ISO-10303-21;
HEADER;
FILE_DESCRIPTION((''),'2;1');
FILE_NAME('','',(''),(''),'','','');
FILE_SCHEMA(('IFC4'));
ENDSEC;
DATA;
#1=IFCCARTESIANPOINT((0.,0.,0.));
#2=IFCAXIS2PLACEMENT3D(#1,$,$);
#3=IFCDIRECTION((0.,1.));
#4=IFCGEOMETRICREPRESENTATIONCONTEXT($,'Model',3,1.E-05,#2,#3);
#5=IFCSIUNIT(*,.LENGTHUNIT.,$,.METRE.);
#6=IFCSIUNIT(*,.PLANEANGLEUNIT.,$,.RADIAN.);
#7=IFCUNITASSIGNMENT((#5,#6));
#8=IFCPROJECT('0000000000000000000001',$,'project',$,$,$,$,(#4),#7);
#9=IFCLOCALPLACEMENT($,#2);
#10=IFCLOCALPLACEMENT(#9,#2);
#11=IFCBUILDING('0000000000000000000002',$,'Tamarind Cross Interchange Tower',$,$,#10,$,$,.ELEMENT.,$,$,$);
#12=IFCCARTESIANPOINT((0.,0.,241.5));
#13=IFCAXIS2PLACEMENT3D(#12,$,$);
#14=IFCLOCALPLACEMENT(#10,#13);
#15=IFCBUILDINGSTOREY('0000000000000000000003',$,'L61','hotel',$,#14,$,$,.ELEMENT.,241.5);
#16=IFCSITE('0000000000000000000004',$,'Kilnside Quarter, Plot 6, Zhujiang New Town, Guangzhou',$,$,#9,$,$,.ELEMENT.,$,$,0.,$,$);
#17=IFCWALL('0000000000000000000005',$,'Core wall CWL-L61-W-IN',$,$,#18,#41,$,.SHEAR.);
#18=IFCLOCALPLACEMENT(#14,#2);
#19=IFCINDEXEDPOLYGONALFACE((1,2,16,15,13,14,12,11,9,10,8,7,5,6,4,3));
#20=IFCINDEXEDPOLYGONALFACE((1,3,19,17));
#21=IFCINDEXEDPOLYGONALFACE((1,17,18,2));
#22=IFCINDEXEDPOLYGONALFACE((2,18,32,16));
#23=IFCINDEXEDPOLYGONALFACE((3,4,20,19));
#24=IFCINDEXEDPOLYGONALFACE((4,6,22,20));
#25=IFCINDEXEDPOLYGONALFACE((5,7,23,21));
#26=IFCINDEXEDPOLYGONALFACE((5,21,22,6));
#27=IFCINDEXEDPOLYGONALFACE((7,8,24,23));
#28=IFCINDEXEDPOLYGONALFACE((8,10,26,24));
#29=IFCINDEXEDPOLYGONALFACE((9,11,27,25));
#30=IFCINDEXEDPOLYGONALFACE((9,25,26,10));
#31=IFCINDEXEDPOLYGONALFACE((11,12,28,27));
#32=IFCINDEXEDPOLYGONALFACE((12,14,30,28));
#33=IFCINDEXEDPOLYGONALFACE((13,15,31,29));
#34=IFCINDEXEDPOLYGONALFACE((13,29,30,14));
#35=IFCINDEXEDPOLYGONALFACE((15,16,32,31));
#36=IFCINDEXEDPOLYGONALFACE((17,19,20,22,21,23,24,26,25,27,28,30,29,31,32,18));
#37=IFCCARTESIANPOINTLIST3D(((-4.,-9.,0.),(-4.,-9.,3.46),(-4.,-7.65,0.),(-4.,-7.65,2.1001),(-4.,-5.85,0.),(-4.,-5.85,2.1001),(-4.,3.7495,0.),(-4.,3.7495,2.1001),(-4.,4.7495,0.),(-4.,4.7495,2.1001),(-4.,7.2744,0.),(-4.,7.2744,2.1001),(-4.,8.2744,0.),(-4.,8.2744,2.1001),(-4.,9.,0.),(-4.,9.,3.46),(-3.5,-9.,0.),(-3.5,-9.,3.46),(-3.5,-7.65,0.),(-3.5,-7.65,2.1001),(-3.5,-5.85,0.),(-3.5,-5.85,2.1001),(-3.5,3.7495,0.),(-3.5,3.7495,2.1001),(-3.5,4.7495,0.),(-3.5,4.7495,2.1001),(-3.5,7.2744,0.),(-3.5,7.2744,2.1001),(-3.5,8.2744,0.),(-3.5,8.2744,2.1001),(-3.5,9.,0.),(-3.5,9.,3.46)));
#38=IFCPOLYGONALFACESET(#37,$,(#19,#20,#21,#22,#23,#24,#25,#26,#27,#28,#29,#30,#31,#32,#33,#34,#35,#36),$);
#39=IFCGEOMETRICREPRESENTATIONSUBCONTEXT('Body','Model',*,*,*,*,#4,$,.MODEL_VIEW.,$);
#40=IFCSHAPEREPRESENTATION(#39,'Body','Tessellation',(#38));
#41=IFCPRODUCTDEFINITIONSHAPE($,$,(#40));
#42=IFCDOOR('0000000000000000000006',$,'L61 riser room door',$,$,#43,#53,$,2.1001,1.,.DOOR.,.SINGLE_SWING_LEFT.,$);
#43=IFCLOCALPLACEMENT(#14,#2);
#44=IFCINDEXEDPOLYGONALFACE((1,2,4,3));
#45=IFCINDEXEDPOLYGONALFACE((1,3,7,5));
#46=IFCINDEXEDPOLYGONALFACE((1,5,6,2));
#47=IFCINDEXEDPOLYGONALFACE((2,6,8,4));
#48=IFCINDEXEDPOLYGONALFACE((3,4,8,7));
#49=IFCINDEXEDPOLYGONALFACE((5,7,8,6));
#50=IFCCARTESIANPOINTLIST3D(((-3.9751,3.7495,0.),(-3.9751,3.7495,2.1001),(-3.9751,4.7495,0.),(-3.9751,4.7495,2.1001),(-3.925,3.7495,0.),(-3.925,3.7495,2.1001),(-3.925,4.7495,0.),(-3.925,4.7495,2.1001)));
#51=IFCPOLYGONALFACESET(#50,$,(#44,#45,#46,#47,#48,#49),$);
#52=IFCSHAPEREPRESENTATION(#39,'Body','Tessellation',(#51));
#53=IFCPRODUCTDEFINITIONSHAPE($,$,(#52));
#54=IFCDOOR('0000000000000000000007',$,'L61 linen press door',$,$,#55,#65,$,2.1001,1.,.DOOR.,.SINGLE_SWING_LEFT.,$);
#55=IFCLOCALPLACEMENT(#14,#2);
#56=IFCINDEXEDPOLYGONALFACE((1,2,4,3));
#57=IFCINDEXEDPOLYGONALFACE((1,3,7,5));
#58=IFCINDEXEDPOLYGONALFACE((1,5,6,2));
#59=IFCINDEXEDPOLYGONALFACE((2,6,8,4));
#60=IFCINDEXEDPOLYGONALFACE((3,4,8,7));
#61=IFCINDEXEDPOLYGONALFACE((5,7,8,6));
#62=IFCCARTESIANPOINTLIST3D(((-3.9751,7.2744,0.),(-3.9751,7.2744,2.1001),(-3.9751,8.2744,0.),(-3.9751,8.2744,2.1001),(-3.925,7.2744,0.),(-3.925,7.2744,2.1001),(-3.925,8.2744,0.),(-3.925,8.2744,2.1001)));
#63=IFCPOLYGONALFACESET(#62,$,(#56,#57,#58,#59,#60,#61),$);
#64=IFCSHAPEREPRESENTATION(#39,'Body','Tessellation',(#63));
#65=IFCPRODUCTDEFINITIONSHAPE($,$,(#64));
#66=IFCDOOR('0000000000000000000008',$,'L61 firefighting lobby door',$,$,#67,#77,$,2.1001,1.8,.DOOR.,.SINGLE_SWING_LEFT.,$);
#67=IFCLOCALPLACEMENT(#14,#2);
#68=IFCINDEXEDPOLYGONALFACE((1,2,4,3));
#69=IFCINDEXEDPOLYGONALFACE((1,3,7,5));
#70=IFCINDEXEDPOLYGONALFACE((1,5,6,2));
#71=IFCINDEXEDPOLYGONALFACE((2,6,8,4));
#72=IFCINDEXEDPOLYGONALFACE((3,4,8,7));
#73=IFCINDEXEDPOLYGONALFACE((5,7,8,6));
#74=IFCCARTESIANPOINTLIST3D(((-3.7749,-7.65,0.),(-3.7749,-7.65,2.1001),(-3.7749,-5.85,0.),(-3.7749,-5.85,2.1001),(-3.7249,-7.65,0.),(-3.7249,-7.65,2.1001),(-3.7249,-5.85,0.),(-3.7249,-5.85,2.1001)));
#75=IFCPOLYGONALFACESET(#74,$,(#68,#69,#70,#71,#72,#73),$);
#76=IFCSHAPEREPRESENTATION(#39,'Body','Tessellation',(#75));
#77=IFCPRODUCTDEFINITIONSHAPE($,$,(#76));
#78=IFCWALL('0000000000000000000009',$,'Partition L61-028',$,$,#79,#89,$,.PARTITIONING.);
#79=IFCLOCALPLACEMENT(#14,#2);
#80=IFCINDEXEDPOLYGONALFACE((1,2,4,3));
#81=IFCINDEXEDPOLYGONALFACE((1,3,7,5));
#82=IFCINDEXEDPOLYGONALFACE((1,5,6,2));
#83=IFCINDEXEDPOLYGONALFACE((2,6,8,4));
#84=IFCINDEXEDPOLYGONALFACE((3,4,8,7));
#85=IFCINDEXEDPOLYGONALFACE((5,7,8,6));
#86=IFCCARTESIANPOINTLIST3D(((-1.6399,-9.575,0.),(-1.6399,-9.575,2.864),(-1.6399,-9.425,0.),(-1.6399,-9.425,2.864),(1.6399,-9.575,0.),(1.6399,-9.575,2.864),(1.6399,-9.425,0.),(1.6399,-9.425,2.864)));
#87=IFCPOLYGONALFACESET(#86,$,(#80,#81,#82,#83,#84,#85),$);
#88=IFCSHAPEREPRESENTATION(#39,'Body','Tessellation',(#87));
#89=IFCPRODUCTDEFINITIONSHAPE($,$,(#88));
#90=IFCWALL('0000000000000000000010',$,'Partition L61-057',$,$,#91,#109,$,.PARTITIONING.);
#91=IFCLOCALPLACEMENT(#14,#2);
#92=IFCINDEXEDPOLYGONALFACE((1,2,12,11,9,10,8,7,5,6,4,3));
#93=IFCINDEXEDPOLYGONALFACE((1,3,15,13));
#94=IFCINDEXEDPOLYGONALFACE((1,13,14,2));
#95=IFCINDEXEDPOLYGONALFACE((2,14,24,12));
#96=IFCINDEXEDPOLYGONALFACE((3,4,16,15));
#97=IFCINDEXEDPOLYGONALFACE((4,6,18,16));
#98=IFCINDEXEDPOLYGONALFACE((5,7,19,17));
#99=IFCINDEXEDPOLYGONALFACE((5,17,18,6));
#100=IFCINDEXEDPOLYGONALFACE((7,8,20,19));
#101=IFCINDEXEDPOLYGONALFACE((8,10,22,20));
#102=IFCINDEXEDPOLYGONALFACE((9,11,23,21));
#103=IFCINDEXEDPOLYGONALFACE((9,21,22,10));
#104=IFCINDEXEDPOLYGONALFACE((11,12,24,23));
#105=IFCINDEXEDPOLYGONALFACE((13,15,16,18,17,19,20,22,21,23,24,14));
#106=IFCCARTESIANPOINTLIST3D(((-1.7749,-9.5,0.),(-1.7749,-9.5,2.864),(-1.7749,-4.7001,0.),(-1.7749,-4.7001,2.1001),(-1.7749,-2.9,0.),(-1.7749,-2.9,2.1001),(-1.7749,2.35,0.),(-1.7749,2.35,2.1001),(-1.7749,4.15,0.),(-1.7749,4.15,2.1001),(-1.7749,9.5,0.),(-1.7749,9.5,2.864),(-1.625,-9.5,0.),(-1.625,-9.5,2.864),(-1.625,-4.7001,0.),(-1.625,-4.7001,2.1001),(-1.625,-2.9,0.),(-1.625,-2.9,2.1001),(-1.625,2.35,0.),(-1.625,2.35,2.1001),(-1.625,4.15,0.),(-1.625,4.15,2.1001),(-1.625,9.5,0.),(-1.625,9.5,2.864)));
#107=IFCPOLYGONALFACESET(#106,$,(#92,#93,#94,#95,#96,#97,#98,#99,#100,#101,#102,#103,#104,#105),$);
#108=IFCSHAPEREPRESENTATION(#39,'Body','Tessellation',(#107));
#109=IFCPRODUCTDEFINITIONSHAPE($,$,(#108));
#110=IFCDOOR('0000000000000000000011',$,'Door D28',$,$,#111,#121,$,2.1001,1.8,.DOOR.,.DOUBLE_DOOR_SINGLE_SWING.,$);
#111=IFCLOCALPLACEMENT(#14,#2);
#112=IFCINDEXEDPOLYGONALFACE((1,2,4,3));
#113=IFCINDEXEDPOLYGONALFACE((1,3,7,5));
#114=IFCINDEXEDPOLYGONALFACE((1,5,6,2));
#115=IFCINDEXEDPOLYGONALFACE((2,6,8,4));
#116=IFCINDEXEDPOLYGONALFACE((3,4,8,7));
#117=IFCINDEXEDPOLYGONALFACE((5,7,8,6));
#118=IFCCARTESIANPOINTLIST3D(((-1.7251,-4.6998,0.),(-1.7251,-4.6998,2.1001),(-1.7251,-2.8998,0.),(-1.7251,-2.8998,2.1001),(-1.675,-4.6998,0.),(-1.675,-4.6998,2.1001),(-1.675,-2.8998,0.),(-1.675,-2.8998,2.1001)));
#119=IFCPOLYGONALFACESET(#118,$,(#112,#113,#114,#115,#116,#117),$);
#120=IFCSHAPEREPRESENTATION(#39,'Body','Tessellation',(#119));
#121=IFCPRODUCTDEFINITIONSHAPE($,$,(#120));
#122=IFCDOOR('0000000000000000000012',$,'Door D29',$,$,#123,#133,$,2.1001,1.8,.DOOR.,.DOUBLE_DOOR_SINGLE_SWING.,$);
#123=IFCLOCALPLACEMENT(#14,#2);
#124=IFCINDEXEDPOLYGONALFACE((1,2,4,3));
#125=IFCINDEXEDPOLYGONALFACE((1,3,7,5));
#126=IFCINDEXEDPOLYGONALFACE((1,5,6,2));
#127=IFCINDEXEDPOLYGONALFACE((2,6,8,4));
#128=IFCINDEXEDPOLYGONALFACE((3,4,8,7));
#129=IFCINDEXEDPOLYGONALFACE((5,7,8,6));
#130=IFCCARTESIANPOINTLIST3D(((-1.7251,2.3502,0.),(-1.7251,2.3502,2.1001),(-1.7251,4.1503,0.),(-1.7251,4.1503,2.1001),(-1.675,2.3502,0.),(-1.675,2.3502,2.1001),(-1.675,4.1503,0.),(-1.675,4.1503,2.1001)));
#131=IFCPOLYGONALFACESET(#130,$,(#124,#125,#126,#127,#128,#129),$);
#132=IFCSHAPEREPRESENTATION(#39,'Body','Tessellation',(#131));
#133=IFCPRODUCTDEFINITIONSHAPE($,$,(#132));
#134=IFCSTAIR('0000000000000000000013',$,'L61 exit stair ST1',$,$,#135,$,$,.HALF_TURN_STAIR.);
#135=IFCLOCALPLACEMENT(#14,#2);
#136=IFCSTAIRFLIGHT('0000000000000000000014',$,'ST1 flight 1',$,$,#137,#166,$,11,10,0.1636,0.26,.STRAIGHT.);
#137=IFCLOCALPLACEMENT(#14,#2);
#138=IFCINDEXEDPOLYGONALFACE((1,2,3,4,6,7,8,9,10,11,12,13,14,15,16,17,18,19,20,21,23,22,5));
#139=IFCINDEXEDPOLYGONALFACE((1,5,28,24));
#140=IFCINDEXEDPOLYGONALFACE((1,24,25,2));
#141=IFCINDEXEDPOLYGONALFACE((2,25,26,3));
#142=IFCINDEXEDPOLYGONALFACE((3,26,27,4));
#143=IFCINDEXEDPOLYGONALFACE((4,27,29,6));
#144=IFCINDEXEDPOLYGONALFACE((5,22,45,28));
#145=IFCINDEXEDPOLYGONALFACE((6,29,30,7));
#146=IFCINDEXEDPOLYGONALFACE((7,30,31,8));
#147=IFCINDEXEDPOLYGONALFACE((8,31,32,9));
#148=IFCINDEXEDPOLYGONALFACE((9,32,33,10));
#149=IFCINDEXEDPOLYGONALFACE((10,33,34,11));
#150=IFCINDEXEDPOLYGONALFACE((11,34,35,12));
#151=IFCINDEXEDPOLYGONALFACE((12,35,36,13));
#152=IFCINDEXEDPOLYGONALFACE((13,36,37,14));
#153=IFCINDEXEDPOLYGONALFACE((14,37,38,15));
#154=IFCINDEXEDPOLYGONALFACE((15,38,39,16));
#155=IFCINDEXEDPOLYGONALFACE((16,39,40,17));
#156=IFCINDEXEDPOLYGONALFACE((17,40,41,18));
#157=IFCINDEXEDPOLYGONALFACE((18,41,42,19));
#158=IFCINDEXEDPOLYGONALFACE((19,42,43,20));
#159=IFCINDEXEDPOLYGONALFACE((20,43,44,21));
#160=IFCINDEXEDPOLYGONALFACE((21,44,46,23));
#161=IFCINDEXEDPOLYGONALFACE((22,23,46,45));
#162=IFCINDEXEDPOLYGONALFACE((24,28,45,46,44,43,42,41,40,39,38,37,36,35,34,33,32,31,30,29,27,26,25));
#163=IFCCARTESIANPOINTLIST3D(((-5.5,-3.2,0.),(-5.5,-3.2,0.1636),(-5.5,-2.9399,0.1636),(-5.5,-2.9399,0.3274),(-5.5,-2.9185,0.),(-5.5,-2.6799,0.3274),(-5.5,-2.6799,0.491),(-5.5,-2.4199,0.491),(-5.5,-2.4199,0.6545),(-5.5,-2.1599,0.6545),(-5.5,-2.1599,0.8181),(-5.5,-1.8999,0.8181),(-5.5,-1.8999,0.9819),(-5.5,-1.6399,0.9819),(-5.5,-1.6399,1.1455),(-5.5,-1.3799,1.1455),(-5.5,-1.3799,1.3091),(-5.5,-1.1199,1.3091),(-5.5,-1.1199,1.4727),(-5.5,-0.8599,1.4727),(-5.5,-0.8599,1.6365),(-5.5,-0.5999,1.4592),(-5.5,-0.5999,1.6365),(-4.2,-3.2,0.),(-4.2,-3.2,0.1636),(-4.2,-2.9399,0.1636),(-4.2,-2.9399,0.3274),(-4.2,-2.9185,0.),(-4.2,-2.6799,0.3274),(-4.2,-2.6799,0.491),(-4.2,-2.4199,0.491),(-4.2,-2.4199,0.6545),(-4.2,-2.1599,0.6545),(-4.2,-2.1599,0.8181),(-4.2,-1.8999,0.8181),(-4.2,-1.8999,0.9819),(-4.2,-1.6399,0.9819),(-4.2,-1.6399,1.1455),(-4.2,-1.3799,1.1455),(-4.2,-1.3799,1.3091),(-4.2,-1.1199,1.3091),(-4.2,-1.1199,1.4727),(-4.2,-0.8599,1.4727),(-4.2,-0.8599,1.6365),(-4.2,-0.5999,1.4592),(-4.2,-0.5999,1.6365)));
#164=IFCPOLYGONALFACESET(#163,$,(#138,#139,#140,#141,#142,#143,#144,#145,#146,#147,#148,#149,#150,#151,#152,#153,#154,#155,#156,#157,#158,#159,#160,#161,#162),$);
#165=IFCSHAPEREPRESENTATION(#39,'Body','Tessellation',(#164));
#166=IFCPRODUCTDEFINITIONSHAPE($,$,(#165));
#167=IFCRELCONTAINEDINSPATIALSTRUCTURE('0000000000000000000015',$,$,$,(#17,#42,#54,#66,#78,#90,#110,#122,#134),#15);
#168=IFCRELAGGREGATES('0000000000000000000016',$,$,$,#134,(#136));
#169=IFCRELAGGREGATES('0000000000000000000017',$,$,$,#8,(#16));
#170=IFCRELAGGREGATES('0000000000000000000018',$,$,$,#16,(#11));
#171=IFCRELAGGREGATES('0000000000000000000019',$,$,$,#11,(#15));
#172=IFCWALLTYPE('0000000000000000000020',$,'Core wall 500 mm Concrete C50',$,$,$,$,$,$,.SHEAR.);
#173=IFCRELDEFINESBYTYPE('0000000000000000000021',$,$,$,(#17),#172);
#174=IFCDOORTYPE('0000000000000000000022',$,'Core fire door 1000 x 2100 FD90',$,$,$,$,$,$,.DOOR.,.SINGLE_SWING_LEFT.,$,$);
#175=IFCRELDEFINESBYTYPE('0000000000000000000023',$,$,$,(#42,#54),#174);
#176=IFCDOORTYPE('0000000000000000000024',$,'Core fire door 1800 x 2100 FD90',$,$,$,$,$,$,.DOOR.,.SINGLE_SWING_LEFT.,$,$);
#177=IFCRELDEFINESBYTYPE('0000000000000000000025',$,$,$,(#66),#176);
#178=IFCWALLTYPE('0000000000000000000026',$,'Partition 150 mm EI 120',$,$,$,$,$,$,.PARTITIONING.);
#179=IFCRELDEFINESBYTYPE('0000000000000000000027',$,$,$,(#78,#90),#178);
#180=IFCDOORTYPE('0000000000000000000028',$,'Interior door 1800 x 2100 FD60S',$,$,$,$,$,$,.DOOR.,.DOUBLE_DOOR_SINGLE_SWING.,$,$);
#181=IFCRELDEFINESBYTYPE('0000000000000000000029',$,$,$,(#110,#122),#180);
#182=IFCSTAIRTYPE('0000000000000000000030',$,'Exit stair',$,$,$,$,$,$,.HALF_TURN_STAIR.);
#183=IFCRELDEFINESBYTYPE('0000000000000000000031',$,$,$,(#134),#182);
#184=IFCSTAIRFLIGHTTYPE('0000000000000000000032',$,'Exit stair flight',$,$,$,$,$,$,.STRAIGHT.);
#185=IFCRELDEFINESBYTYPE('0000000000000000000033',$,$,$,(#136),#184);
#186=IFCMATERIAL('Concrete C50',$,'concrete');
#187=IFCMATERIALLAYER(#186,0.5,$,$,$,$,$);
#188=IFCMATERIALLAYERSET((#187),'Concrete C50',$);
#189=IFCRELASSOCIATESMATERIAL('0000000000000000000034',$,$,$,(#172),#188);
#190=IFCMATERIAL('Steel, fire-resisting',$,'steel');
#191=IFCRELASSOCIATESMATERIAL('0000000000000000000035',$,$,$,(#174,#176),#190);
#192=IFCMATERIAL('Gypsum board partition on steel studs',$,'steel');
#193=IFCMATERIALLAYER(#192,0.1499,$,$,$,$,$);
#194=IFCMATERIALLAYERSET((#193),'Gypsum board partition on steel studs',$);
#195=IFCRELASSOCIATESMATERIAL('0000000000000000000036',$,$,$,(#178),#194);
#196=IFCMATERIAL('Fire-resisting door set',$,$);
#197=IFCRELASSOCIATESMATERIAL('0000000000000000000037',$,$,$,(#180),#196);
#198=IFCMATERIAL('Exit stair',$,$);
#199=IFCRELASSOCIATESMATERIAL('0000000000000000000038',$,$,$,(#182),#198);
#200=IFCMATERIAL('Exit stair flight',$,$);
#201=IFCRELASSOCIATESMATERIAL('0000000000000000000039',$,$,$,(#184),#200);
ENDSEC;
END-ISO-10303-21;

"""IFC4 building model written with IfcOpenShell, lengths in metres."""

from ifc_helpers import new_model, si_unit, direction, frame, frame_2d, origin, place, context, subcontext, project, spatial, polyline, rectangle, outline, extrude, material, layer, layer_set, type_object, element, fill, aggregate, save


model = new_model("IFC4")

# Units and contexts
model_context = context("Model", 3, precision=1e-05, world=origin(), true_north=direction((0.0, 1.0)))
body_context = subcontext(model_context, "Body", "Model", "MODEL_VIEW")
ifc_project = project(units=[si_unit("LENGTHUNIT", "METRE"), si_unit("PLANEANGLEUNIT", "RADIAN")], contexts=[model_context])

# Site, building, storey
site_placement = place(None, origin())
site = spatial("IfcSite", under=ifc_project, at=site_placement, Name="Kilnside Quarter, Plot 6, Zhujiang New Town, Guangzhou", CompositionType="ELEMENT", RefElevation=0.0)
building_placement = place(site_placement, origin())
building = spatial("IfcBuilding", under=site, at=building_placement, Name="Tamarind Cross Interchange Tower", CompositionType="ELEMENT")
storey_placement = place(building_placement, frame((0.0, 0.0, 241.5)))
storey = spatial("IfcBuildingStorey", under=building, at=storey_placement, Name="L61", Description="hotel", CompositionType="ELEMENT", Elevation=241.5)

# Wall, openings, doors
ifc_material_1 = material(Name="Concrete C50", Category="concrete")
ifc_layer_1 = layer(ifc_material_1, 0.5)
ifc_layer_set_1 = layer_set([ifc_layer_1], Name="Concrete C50")
wall_type_1 = type_object("IfcWallType", Name="Core wall 500 mm Concrete C50", PredefinedType="SHEAR", material=ifc_layer_set_1)
wall_1_placement = place(storey_placement, frame((-3.75, -9.0, 0.0), z_axis=(0.0, 0.0, 1.0), x_axis=(0.0, 1.0, 0.0)))
wall_1 = element("IfcWall", 1, at=wall_1_placement, inside=storey, type_object=wall_type_1, Name="Core wall CWL-L61-W-IN", PredefinedType="SHEAR", context=body_context, shape_type="SweptSolid", body=[
    extrude(rectangle(XDim=18.0, YDim=0.5, at=frame_2d((9.0, 0.0))), origin(), (0.0, 0.0, 1.0), 3.46),
])
opening_1_placement = place(wall_1_placement, frame((1.3501, 0.0, 0.0)))
opening_1 = element("IfcOpeningElement", 2, at=opening_1_placement, cuts=wall_1, PredefinedType="OPENING", context=body_context, shape_type="SweptSolid", body=[
    extrude(rectangle(XDim=1.8, YDim=2.1001, at=frame_2d((0.8999, 1.05))), frame((0.0, 0.26, 0.0), z_axis=(0.0, -1.0, 0.0), x_axis=(1.0, 0.0, 0.0)), (0.0, 0.0, 1.0), 0.52),
])
opening_2_placement = place(wall_1_placement, frame((12.7495, 0.0, 0.0)))
opening_2 = element("IfcOpeningElement", 3, at=opening_2_placement, cuts=wall_1, PredefinedType="OPENING", context=body_context, shape_type="SweptSolid", body=[
    extrude(rectangle(XDim=1.0, YDim=2.1001, at=frame_2d((0.5, 1.05))), frame((0.0, 0.26, 0.0), z_axis=(0.0, -1.0, 0.0), x_axis=(1.0, 0.0, 0.0)), (0.0, 0.0, 1.0), 0.52),
])
opening_3_placement = place(wall_1_placement, frame((16.2744, 0.0, 0.0)))
opening_3 = element("IfcOpeningElement", 4, at=opening_3_placement, cuts=wall_1, PredefinedType="OPENING", context=body_context, shape_type="SweptSolid", body=[
    extrude(rectangle(XDim=1.0, YDim=2.1001, at=frame_2d((0.5, 1.05))), frame((0.0, 0.26, 0.0), z_axis=(0.0, -1.0, 0.0), x_axis=(1.0, 0.0, 0.0)), (0.0, 0.0, 1.0), 0.52),
])
ifc_material_2 = material(Name="Steel, fire-resisting", Category="steel")
door_type_1 = type_object("IfcDoorType", Name="Core fire door 1000 x 2100 FD90", OperationType="SINGLE_SWING_LEFT", PredefinedType="DOOR", material=ifc_material_2)
door_1_placement = place(opening_2_placement, origin())
door_1 = element("IfcDoor", 5, at=door_1_placement, inside=storey, type_object=door_type_1, Name="L61 riser room door", OperationType="SINGLE_SWING_LEFT", OverallHeight=2.1001, OverallWidth=1.0, PredefinedType="DOOR", context=body_context, shape_type="SweptSolid", body=[
    extrude(rectangle(XDim=1.0, YDim=2.1001, at=frame_2d((0.5, 1.05))), frame((0.0, 0.2251, 0.0), z_axis=(0.0, -1.0, 0.0), x_axis=(1.0, 0.0, 0.0)), (0.0, 0.0, 1.0), 0.05),
])
fill(opening_2, door_1)
door_2_placement = place(opening_3_placement, origin())
door_2 = element("IfcDoor", 6, at=door_2_placement, inside=storey, type_object=door_type_1, Name="L61 linen press door", OperationType="SINGLE_SWING_LEFT", OverallHeight=2.1001, OverallWidth=1.0, PredefinedType="DOOR", context=body_context, shape_type="SweptSolid", body=[
    extrude(rectangle(XDim=1.0, YDim=2.1001, at=frame_2d((0.5, 1.05))), frame((0.0, 0.2251, 0.0), z_axis=(0.0, -1.0, 0.0), x_axis=(1.0, 0.0, 0.0)), (0.0, 0.0, 1.0), 0.05),
])
fill(opening_3, door_2)
door_type_2 = type_object("IfcDoorType", Name="Core fire door 1800 x 2100 FD90", OperationType="SINGLE_SWING_LEFT", PredefinedType="DOOR", material=ifc_material_2)
door_3_placement = place(opening_1_placement, origin())
door_3 = element("IfcDoor", 7, at=door_3_placement, inside=storey, type_object=door_type_2, Name="L61 firefighting lobby door", OperationType="SINGLE_SWING_LEFT", OverallHeight=2.1001, OverallWidth=1.8, PredefinedType="DOOR", context=body_context, shape_type="SweptSolid", body=[
    extrude(rectangle(XDim=1.8, YDim=2.1001, at=frame_2d((0.8999, 1.05))), frame((0.0, 0.0249, 0.0), z_axis=(0.0, -1.0, 0.0), x_axis=(1.0, 0.0, 0.0)), (0.0, 0.0, 1.0), 0.05),
])
fill(opening_1, door_3)

# Wall
ifc_material_3 = material(Name="Gypsum board partition on steel studs", Category="steel")
ifc_layer_2 = layer(ifc_material_3, 0.1499)
ifc_layer_set_2 = layer_set([ifc_layer_2], Name="Gypsum board partition on steel studs")
wall_type_2 = type_object("IfcWallType", Name="Partition 150 mm EI 120", PredefinedType="PARTITIONING", material=ifc_layer_set_2)
wall_2_placement = place(storey_placement, frame((-1.6399, -9.5, 0.0), z_axis=(0.0, 0.0, 1.0), x_axis=(1.0, 0.0, 0.0)))
element("IfcWall", 8, at=wall_2_placement, inside=storey, type_object=wall_type_2, Name="Partition L61-028", PredefinedType="PARTITIONING", context=body_context, shape_type="SweptSolid", body=[
    extrude(rectangle(XDim=3.2798, YDim=0.1499, at=frame_2d((1.6399, 0.0))), origin(), (0.0, 0.0, 1.0), 2.864),
])

# Wall, openings, doors
wall_3_placement = place(storey_placement, frame((-1.7, -9.5, 0.0), z_axis=(0.0, 0.0, 1.0), x_axis=(0.0, 1.0, 0.0)))
wall_3 = element("IfcWall", 9, at=wall_3_placement, inside=storey, type_object=wall_type_2, Name="Partition L61-057", PredefinedType="PARTITIONING", context=body_context, shape_type="SweptSolid", body=[
    extrude(rectangle(XDim=19.0, YDim=0.1499, at=frame_2d((9.5, 0.0))), origin(), (0.0, 0.0, 1.0), 2.864),
])
opening_4_placement = place(wall_3_placement, frame((4.8, 0.0, 0.0)))
opening_4 = element("IfcOpeningElement", 10, at=opening_4_placement, cuts=wall_3, PredefinedType="OPENING", context=body_context, shape_type="SweptSolid", body=[
    extrude(rectangle(XDim=1.8, YDim=2.1001, at=frame_2d((0.8999, 1.05))), frame((0.0, 0.085, 0.0), z_axis=(0.0, -1.0, 0.0), x_axis=(1.0, 0.0, 0.0)), (0.0, 0.0, 1.0), 0.1699),
])
opening_5_placement = place(wall_3_placement, frame((11.8501, 0.0, 0.0)))
opening_5 = element("IfcOpeningElement", 11, at=opening_5_placement, cuts=wall_3, PredefinedType="OPENING", context=body_context, shape_type="SweptSolid", body=[
    extrude(rectangle(XDim=1.8, YDim=2.1001, at=frame_2d((0.8999, 1.05))), frame((0.0, 0.085, 0.0), z_axis=(0.0, -1.0, 0.0), x_axis=(1.0, 0.0, 0.0)), (0.0, 0.0, 1.0), 0.1699),
])
ifc_material_4 = material(Name="Fire-resisting door set")
door_type_3 = type_object("IfcDoorType", Name="Interior door 1800 x 2100 FD60S", OperationType="DOUBLE_DOOR_SINGLE_SWING", PredefinedType="DOOR", material=ifc_material_4)
door_4_placement = place(opening_4_placement, frame((1.8, 0.0, 0.0), z_axis=(0.0, 0.0, 1.0), x_axis=(-1.0, 0.0, 0.0)))
door_4 = element("IfcDoor", 12, at=door_4_placement, inside=storey, type_object=door_type_3, Name="Door D28", OperationType="DOUBLE_DOOR_SINGLE_SWING", OverallHeight=2.1001, OverallWidth=1.8, PredefinedType="DOOR", context=body_context, shape_type="SweptSolid", body=[
    extrude(rectangle(XDim=1.8, YDim=2.1001, at=frame_2d((0.8999, 1.05))), frame((0.0, 0.0249, 0.0), z_axis=(0.0, -1.0, 0.0), x_axis=(1.0, 0.0, 0.0)), (0.0, 0.0, 1.0), 0.05),
])
fill(opening_4, door_4)
door_5_placement = place(opening_5_placement, frame((1.8, 0.0, 0.0), z_axis=(0.0, 0.0, 1.0), x_axis=(-1.0, 0.0, 0.0)))
door_5 = element("IfcDoor", 13, at=door_5_placement, inside=storey, type_object=door_type_3, Name="Door D29", OperationType="DOUBLE_DOOR_SINGLE_SWING", OverallHeight=2.1001, OverallWidth=1.8, PredefinedType="DOOR", context=body_context, shape_type="SweptSolid", body=[
    extrude(rectangle(XDim=1.8, YDim=2.1001, at=frame_2d((0.8999, 1.05))), frame((0.0, 0.0249, 0.0), z_axis=(0.0, -1.0, 0.0), x_axis=(1.0, 0.0, 0.0)), (0.0, 0.0, 1.0), 0.05),
])
fill(opening_5, door_5)

# Stair, stair flight
ifc_material_5 = material(Name="Exit stair")
stair_type = type_object("IfcStairType", Name="Exit stair", PredefinedType="HALF_TURN_STAIR", material=ifc_material_5)
stair_placement = place(storey_placement, origin())
stair = element("IfcStair", 14, at=stair_placement, inside=storey, type_object=stair_type, Name="L61 exit stair ST1", PredefinedType="HALF_TURN_STAIR")
ifc_material_6 = material(Name="Exit stair flight")
stair_flight_type = type_object("IfcStairFlightType", Name="Exit stair flight", PredefinedType="STRAIGHT", material=ifc_material_6)
stair_flight_1_placement = place(storey_placement, frame((-4.8501, -3.2, 0.0), z_axis=(0.0, 0.0, 1.0), x_axis=(0.0, 1.0, 0.0)))
stair_flight_1 = element("IfcStairFlight", 15, at=stair_flight_1_placement, type_object=stair_flight_type, Name="ST1 flight 1", NumberOfRisers=11, NumberOfTreads=10, PredefinedType="STRAIGHT", RiserHeight=0.1636, TreadLength=0.26, context=body_context, shape_type="SweptSolid", body=[
    extrude(outline(polyline([(0.0, 0.0), (0.0, 0.1636), (0.26, 0.1636), (0.26, 0.3274), (0.52, 0.3274), (0.52, 0.491), (0.78, 0.491), (0.78, 0.6545), (1.04, 0.6545), (1.04, 0.8181), (1.3, 0.8181), (1.3, 0.9819), (1.5601, 0.9819), (1.5601, 1.1455), (1.8201, 1.1455), (1.8201, 1.3091), (2.0801, 1.3091), (2.0801, 1.4727), (2.3401, 1.4727), (2.3401, 1.6365), (2.6001, 1.6365), (2.6001, 1.8), (2.6001, 1.4592), (0.2815, 0.0), (0.0, 0.0)])), frame((0.0, 0.6499, 0.0), z_axis=(0.0, -1.0, 0.0), x_axis=(1.0, 0.0, 0.0)), (0.0, 0.0, 1.0), 1.3),
])
aggregate(stair, [stair_flight_1])

save(model, "model.ifc")
